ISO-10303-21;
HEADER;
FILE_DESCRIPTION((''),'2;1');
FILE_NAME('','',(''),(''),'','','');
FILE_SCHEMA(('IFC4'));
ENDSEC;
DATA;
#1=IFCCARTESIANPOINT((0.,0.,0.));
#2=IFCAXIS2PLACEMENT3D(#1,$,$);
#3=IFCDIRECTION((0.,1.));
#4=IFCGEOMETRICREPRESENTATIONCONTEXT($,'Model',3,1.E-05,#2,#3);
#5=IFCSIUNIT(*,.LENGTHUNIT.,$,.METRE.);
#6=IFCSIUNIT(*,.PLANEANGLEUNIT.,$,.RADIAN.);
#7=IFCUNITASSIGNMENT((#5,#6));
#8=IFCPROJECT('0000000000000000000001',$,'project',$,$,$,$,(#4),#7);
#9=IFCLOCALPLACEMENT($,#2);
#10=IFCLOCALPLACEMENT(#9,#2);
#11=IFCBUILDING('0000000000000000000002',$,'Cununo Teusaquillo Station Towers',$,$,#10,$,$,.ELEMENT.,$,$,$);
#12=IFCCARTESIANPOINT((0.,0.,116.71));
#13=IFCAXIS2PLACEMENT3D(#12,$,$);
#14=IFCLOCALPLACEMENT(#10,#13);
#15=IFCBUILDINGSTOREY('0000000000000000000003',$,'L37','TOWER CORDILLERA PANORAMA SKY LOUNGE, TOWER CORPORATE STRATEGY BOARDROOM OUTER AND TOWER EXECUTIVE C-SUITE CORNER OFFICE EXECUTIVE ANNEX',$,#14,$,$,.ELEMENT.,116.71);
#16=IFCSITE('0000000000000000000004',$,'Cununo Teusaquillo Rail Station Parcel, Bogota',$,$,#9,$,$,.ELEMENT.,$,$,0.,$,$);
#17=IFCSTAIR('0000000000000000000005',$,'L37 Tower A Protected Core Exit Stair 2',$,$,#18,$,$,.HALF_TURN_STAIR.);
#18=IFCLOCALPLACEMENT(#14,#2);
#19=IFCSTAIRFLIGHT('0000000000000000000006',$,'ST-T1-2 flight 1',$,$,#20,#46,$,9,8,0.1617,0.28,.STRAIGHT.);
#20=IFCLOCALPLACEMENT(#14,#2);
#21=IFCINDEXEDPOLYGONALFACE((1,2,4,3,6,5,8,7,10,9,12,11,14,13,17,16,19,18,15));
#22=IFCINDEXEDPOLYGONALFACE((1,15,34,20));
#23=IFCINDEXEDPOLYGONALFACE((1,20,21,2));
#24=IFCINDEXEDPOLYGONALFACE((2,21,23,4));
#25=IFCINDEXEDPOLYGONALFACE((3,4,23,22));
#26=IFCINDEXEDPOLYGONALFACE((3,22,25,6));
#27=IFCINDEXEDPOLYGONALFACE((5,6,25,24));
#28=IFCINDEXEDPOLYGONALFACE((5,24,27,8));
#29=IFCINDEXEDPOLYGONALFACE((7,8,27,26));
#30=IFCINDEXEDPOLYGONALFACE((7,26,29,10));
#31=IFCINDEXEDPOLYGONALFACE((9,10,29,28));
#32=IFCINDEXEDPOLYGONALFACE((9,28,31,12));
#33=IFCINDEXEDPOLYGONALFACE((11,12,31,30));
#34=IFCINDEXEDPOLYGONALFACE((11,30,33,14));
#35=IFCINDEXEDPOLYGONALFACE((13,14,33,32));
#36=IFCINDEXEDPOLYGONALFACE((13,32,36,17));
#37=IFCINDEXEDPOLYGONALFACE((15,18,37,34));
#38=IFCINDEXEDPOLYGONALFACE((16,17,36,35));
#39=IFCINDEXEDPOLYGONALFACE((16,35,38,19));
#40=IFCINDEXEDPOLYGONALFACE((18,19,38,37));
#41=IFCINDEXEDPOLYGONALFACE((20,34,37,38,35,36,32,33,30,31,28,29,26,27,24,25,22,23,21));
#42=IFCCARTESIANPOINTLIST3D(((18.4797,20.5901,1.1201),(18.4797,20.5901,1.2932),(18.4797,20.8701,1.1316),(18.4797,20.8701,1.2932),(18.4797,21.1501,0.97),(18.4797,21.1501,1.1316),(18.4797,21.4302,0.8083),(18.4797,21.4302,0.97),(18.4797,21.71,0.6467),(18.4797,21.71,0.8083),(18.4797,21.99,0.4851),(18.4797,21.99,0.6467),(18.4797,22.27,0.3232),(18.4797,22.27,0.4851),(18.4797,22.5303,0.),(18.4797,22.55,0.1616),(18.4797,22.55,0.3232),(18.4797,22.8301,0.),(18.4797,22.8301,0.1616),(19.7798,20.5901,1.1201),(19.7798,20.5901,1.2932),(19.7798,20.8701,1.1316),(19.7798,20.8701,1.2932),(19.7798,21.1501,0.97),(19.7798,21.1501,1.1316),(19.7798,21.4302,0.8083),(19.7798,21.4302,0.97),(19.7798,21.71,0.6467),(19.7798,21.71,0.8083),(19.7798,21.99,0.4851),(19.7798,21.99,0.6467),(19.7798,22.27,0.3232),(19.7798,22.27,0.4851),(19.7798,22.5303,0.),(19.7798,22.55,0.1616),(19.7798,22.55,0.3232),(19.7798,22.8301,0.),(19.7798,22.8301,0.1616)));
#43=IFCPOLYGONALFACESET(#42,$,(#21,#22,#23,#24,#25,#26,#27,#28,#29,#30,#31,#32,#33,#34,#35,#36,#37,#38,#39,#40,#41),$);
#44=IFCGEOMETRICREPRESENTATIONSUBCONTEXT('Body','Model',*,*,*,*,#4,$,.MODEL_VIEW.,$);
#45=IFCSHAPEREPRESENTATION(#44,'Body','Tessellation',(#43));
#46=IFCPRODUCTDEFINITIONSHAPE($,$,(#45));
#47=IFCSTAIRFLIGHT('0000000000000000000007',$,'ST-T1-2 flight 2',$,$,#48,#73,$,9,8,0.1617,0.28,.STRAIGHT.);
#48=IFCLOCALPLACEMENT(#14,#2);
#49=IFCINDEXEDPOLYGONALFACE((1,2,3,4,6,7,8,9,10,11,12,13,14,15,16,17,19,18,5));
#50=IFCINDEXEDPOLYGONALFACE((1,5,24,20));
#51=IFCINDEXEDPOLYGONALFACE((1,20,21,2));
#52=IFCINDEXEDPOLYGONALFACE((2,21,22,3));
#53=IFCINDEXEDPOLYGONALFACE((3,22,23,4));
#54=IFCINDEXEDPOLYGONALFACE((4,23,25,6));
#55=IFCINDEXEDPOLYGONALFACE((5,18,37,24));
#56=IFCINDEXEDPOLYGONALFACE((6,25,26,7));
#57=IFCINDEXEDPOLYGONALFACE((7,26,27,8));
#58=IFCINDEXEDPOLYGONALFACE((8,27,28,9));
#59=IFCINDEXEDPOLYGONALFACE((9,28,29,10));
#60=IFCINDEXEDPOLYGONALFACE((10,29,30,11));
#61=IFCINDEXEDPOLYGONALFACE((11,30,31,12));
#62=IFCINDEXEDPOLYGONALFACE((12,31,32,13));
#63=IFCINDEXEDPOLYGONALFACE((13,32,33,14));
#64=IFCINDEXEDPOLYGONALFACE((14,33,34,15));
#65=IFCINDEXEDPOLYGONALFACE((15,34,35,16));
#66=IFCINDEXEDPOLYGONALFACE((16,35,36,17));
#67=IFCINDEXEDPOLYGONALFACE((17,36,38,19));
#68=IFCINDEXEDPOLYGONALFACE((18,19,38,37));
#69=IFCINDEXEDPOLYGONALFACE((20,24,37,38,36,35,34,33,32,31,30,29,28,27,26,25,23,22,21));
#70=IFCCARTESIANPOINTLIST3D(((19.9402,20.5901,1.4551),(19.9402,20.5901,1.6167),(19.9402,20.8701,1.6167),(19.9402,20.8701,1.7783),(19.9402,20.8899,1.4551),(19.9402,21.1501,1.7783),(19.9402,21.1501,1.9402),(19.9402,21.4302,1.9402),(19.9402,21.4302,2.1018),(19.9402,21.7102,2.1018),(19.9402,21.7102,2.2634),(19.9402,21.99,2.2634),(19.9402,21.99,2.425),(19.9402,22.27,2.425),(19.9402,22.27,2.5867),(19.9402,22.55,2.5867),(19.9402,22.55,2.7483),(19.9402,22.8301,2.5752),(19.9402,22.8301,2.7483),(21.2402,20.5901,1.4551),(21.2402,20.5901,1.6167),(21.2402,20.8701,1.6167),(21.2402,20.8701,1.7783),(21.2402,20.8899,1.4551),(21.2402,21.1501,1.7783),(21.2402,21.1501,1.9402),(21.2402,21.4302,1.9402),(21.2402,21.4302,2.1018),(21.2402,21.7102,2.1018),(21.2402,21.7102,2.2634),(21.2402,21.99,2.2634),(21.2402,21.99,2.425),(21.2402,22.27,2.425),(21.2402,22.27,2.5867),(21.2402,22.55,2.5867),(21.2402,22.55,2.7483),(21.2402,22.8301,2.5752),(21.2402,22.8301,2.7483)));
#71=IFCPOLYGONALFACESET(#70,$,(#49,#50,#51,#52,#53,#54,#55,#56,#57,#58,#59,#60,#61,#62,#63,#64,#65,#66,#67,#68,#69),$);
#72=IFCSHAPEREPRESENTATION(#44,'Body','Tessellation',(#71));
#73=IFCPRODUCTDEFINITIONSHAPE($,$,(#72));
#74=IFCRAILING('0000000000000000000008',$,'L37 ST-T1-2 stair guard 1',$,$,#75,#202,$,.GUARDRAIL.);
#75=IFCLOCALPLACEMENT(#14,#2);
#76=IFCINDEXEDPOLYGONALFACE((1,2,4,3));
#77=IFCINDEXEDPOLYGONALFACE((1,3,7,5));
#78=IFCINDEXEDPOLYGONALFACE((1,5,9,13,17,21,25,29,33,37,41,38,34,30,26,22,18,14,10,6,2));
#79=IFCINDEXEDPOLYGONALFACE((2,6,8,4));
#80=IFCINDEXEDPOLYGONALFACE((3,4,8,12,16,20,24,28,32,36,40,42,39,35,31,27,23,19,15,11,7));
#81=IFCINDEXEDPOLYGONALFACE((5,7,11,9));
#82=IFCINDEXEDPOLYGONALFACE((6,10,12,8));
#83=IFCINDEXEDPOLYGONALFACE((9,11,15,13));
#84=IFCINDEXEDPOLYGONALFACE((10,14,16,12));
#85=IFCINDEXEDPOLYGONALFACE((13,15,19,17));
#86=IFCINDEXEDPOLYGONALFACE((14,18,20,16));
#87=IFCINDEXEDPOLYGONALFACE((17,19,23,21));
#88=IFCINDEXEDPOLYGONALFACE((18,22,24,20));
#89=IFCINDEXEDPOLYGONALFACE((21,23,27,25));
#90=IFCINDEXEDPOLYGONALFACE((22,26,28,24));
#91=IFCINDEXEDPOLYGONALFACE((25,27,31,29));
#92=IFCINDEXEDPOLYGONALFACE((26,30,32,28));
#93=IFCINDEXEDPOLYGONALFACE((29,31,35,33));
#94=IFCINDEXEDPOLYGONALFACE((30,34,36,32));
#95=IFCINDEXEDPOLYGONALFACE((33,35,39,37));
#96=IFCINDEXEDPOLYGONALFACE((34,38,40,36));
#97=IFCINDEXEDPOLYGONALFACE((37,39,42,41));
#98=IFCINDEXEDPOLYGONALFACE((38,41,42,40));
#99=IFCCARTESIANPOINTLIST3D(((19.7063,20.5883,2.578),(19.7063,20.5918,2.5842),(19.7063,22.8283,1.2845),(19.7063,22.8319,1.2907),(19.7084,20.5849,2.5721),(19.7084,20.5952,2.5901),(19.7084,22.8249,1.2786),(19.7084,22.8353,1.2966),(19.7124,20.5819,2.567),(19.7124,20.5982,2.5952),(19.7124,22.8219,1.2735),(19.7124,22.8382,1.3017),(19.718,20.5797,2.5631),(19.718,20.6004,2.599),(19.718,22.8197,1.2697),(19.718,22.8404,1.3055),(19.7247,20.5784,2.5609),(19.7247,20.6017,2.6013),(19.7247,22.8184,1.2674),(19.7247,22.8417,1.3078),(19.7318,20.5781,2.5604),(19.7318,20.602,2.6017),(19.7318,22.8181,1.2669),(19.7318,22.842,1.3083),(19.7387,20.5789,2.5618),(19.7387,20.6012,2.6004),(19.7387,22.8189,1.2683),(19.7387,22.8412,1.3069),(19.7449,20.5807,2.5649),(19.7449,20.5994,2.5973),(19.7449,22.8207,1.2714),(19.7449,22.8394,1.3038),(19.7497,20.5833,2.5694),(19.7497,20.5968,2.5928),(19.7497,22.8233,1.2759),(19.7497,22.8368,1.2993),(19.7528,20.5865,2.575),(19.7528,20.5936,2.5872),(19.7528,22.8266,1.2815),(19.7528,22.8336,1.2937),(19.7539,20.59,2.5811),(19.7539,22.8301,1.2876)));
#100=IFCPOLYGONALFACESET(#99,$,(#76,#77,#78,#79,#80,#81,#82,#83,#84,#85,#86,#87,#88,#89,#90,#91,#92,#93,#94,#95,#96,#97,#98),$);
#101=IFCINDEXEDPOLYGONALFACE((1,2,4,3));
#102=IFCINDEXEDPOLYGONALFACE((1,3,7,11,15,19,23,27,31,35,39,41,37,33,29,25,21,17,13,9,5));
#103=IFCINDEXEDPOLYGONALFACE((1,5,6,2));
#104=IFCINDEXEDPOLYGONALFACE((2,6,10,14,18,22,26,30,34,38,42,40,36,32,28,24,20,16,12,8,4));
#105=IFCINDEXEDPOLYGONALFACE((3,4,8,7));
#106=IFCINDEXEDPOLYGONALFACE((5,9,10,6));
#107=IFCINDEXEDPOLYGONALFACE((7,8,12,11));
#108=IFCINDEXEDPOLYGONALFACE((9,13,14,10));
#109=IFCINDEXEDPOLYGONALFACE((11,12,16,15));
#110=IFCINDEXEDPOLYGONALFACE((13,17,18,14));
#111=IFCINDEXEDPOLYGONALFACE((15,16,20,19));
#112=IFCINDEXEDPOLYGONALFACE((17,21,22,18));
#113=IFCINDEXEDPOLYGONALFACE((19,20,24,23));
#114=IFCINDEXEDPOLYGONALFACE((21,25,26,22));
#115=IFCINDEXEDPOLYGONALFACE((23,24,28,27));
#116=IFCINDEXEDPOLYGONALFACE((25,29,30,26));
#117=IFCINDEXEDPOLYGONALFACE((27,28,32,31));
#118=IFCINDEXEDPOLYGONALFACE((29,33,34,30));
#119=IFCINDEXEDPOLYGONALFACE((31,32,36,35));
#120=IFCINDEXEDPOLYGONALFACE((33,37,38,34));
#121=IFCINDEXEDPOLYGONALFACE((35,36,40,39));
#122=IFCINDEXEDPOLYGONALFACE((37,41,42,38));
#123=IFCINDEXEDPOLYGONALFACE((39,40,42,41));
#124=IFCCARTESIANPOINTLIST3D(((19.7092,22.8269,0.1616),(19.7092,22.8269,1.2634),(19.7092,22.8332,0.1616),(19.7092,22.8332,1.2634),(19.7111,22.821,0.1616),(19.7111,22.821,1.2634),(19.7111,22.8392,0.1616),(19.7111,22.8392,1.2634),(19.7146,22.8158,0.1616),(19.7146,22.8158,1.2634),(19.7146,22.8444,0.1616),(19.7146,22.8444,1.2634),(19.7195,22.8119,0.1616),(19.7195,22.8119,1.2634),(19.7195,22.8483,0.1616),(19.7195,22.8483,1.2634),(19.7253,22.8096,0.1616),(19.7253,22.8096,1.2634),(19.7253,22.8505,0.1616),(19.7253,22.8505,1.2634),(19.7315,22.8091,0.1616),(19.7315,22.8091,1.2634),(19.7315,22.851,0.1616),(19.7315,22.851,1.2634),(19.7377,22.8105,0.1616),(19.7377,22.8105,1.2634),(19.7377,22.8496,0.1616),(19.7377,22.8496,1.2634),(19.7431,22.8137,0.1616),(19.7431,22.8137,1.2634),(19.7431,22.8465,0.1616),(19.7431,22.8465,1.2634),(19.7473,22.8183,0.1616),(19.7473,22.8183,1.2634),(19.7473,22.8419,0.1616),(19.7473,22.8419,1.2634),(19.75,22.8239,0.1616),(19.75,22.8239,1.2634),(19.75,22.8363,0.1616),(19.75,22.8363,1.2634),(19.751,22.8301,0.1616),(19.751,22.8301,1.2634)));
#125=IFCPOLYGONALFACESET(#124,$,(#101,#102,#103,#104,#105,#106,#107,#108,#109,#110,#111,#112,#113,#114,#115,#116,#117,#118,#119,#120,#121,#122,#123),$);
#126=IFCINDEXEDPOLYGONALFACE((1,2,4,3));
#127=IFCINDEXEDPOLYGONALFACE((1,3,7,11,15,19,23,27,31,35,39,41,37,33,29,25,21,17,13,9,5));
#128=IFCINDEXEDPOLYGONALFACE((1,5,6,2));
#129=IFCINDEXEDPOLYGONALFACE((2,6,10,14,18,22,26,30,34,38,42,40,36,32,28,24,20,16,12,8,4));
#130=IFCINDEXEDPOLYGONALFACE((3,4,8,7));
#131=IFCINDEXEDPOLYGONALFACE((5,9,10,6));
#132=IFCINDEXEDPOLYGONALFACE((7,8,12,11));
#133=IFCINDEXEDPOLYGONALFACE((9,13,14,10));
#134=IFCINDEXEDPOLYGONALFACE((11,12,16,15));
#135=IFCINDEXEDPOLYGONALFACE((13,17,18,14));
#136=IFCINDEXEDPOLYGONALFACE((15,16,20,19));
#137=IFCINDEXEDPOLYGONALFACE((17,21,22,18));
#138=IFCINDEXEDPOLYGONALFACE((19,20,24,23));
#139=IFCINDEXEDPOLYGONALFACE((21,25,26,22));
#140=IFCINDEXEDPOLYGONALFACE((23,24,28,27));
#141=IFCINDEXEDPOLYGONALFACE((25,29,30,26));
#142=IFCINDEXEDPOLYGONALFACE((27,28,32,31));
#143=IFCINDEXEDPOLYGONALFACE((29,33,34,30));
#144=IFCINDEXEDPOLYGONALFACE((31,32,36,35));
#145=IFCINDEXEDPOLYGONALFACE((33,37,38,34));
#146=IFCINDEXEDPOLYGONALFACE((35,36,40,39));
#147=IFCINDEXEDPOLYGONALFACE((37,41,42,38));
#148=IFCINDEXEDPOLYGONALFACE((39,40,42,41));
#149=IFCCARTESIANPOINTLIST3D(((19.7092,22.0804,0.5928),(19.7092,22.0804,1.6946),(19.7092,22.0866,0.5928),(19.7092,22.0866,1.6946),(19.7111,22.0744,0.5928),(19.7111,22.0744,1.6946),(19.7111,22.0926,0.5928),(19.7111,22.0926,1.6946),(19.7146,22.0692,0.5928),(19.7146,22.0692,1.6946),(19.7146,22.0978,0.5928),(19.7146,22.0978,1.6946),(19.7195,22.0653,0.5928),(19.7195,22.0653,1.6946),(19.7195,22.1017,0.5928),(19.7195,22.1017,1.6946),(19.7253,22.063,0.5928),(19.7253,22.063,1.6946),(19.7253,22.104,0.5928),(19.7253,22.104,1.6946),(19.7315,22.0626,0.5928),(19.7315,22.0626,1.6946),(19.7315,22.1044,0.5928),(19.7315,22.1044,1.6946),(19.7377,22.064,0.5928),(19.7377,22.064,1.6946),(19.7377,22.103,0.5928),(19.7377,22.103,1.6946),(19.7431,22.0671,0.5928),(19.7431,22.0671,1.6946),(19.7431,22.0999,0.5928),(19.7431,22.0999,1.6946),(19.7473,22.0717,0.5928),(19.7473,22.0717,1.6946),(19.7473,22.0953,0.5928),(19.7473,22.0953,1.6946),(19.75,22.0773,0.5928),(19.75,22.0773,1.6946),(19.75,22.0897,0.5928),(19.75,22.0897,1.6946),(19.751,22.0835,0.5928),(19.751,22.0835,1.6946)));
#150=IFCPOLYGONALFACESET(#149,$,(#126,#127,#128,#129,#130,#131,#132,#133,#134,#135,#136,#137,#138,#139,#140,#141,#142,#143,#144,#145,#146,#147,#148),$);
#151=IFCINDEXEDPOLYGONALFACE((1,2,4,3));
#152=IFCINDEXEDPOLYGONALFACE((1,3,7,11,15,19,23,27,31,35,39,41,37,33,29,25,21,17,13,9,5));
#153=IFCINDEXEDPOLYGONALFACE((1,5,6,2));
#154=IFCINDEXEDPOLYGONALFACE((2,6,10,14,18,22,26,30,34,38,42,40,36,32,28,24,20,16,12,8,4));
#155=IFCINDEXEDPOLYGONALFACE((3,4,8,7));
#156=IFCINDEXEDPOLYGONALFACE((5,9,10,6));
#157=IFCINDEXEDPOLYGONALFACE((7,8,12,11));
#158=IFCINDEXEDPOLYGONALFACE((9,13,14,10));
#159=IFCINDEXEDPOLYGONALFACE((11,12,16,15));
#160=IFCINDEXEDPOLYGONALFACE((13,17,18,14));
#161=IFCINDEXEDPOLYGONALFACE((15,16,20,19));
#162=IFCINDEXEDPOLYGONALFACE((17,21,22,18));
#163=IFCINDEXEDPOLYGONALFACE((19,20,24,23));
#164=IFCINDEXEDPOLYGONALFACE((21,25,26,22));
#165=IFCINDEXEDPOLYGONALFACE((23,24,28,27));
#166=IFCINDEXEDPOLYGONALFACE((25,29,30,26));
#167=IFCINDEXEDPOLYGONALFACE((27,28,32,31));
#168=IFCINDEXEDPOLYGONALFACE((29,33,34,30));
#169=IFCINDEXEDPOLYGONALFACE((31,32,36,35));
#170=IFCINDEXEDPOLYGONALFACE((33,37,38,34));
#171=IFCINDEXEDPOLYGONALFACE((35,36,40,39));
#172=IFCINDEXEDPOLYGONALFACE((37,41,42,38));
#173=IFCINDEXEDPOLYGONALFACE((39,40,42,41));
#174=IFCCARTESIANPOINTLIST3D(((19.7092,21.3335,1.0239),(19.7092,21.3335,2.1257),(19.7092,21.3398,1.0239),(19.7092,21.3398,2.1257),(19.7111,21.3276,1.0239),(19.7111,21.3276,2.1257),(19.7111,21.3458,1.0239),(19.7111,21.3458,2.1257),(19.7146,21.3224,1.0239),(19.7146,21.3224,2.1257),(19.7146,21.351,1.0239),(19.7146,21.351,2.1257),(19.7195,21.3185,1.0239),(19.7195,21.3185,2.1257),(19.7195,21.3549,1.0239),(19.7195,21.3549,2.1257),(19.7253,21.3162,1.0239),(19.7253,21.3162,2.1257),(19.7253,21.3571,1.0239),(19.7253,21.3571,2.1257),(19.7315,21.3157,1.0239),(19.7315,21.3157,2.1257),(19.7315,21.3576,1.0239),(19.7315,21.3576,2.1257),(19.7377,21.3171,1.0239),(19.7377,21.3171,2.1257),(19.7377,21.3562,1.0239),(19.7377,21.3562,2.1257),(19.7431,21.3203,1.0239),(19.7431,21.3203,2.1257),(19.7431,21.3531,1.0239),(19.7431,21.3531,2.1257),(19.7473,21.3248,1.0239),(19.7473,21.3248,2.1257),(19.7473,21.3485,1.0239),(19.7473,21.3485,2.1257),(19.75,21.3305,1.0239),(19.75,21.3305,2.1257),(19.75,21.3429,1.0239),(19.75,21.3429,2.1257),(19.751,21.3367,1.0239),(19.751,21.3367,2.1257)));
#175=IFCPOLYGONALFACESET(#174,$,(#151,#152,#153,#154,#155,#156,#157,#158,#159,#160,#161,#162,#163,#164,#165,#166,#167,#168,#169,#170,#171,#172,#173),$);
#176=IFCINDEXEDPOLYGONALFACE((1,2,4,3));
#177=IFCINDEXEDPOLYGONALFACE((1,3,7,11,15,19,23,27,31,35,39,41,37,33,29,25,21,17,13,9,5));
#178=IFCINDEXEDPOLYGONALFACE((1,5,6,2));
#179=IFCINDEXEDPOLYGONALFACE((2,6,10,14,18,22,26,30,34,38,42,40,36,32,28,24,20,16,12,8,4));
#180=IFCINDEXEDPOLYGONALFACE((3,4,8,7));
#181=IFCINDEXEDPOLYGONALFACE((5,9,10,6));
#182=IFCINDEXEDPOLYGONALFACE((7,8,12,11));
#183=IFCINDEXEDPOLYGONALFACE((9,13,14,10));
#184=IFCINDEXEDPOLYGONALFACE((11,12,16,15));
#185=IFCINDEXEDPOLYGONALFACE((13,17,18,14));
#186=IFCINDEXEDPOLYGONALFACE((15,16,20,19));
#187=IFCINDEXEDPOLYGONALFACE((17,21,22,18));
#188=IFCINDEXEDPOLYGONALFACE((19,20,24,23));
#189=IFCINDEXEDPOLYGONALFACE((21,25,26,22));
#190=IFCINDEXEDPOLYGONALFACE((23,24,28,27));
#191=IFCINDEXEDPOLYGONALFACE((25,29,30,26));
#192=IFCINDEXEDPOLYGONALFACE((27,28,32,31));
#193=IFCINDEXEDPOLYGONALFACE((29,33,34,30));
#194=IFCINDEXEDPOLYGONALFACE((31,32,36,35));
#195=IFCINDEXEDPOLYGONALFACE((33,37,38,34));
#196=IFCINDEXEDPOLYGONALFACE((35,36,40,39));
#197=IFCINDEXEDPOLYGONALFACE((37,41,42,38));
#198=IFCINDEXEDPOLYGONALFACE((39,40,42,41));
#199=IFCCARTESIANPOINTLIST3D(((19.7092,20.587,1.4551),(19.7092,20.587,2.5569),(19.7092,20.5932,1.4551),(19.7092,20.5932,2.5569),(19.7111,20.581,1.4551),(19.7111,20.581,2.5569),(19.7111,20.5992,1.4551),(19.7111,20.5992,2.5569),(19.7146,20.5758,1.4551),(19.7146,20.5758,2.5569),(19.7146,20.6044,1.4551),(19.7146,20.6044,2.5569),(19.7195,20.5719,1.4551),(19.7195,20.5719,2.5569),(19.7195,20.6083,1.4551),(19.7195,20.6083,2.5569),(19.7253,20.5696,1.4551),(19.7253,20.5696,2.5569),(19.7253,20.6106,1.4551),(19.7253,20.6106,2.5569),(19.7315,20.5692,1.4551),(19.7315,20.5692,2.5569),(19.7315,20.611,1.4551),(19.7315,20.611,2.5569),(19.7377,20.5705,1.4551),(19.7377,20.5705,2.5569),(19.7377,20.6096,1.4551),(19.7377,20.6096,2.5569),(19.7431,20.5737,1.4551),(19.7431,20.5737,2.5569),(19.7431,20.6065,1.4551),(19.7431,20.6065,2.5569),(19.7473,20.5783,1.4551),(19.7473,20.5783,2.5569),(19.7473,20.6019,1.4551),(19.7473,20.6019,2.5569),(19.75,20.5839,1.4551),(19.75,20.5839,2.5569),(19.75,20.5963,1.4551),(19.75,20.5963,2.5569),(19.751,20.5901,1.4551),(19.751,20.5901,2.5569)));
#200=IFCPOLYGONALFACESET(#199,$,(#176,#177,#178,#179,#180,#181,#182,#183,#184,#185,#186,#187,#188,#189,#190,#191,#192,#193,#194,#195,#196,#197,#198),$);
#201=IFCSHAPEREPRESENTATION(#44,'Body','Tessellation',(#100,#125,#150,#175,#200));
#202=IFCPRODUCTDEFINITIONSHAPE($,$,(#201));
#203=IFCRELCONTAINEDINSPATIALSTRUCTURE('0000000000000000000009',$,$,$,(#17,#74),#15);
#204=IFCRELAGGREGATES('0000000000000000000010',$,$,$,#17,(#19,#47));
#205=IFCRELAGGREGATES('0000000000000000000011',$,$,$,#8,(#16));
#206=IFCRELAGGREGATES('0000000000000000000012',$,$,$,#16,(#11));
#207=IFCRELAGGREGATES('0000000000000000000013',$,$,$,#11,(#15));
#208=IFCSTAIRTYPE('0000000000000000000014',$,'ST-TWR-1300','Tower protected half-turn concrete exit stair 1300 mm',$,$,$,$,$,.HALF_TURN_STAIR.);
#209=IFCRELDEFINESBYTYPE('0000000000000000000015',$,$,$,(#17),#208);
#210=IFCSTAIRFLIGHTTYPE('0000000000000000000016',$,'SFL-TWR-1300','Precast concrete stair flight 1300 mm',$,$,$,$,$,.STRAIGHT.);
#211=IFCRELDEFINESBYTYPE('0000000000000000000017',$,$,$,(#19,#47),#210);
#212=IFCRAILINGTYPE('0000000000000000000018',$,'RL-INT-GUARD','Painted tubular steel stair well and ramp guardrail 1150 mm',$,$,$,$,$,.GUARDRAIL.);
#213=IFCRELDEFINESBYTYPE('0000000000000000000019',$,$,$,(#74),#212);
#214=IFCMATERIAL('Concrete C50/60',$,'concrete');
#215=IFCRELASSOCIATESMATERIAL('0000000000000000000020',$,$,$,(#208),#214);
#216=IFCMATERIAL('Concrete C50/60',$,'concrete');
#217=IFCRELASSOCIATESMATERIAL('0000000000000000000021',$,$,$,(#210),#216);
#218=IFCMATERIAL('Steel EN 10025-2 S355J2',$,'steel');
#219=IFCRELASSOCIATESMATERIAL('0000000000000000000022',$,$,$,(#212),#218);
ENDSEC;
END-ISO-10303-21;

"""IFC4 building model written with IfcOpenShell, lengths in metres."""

from ifc_helpers import new_model, si_unit, direction, frame, origin, origin_2d, place, context, subcontext, project, spatial, polyline, circle, outline, extrude, material, type_object, element, aggregate, save


model = new_model("IFC4")

# Units and contexts
model_context = context("Model", 3, precision=1e-05, world=origin(), true_north=direction((0.0, 1.0)))
body_context = subcontext(model_context, "Body", "Model", "MODEL_VIEW")
ifc_project = project(units=[si_unit("LENGTHUNIT", "METRE"), si_unit("PLANEANGLEUNIT", "RADIAN")], contexts=[model_context])

# Site, building, storey
site_placement = place(None, origin())
site = spatial("IfcSite", under=ifc_project, at=site_placement, Name="Cununo Teusaquillo Rail Station Parcel, Bogota", CompositionType="ELEMENT", RefElevation=0.0)
building_placement = place(site_placement, origin())
building = spatial("IfcBuilding", under=site, at=building_placement, Name="Cununo Teusaquillo Station Towers", CompositionType="ELEMENT")
storey_placement = place(building_placement, frame((0.0, 0.0, 116.71)))
storey = spatial("IfcBuildingStorey", under=building, at=storey_placement, Name="L37", Description="TOWER CORDILLERA PANORAMA SKY LOUNGE, TOWER CORPORATE STRATEGY BOARDROOM OUTER AND TOWER EXECUTIVE C-SUITE CORNER OFFICE EXECUTIVE ANNEX", CompositionType="ELEMENT", Elevation=116.71)

# Stair, stair flights
ifc_material_1 = material(Name="Concrete C50/60", Category="concrete")
stair_type = type_object("IfcStairType", Name="ST-TWR-1300", Description="Tower protected half-turn concrete exit stair 1300 mm", PredefinedType="HALF_TURN_STAIR", material=ifc_material_1)
stair_placement = place(storey_placement, origin())
stair = element("IfcStair", 1, at=stair_placement, inside=storey, type_object=stair_type, Name="L37 Tower A Protected Core Exit Stair 2", PredefinedType="HALF_TURN_STAIR")
ifc_material_2 = material(Name="Concrete C50/60", Category="concrete")
stair_flight_type = type_object("IfcStairFlightType", Name="SFL-TWR-1300", Description="Precast concrete stair flight 1300 mm", PredefinedType="STRAIGHT", material=ifc_material_2)
stair_flight_1_placement = place(storey_placement, frame((19.1299, 22.8301, 0.0), z_axis=(0.0, 0.0, 1.0), x_axis=(0.0, -1.0, 0.0)))
stair_flight_1 = element("IfcStairFlight", 2, at=stair_flight_1_placement, type_object=stair_flight_type, Name="ST-T1-2 flight 1", NumberOfRisers=9, NumberOfTreads=8, PredefinedType="STRAIGHT", RiserHeight=0.1617, TreadLength=0.28, context=body_context, shape_type="SweptSolid", body=[
    extrude(outline(polyline([(0.0, 0.0), (0.0, 0.1616), (0.28, 0.1616), (0.28, 0.3232), (0.5601, 0.3232), (0.5601, 0.4851), (0.8401, 0.4851), (0.8401, 0.6467), (1.1201, 0.6467), (1.1201, 0.8083), (1.3999, 0.8083), (1.3999, 0.97), (1.6799, 0.97), (1.6799, 1.1316), (1.96, 1.1316), (1.96, 1.2932), (2.24, 1.2932), (2.24, 1.4551), (2.24, 1.1201), (0.2998, 0.0), (0.0, 0.0)])), frame((0.0, 0.6499, 0.0), z_axis=(0.0, -1.0, 0.0), x_axis=(1.0, 0.0, 0.0)), (0.0, 0.0, 1.0), 1.3),
])
stair_flight_2_placement = place(storey_placement, frame((20.5901, 20.5901, 1.4551), z_axis=(0.0, 0.0, 1.0), x_axis=(0.0, 1.0, 0.0)))
stair_flight_2 = element("IfcStairFlight", 3, at=stair_flight_2_placement, type_object=stair_flight_type, Name="ST-T1-2 flight 2", NumberOfRisers=9, NumberOfTreads=8, PredefinedType="STRAIGHT", RiserHeight=0.1617, TreadLength=0.28, context=body_context, shape_type="SweptSolid", body=[
    extrude(outline(polyline([(0.0, 0.0), (0.0, 0.1616), (0.28, 0.1616), (0.28, 0.3232), (0.5601, 0.3232), (0.5601, 0.4851), (0.8401, 0.4851), (0.8401, 0.6467), (1.1201, 0.6467), (1.1201, 0.8083), (1.3999, 0.8083), (1.3999, 0.97), (1.6799, 0.97), (1.6799, 1.1316), (1.96, 1.1316), (1.96, 1.2932), (2.24, 1.2932), (2.24, 1.4551), (2.24, 1.1201), (0.2998, 0.0), (0.0, 0.0)])), frame((0.0, 0.6499, 0.0), z_axis=(0.0, -1.0, 0.0), x_axis=(1.0, 0.0, 0.0)), (0.0, 0.0, 1.0), 1.3),
])
aggregate(stair, [stair_flight_1, stair_flight_2])

# Railing
ifc_material_3 = material(Name="Steel EN 10025-2 S355J2", Category="steel")
railing_type_1 = type_object("IfcRailingType", Name="RL-INT-GUARD", Description="Painted tubular steel stair well and ramp guardrail 1150 mm", PredefinedType="GUARDRAIL", material=ifc_material_3)
railing_1_placement = place(storey_placement, frame((19.73, 22.8301, 0.1616)))
element("IfcRailing", 4, at=railing_1_placement, inside=storey, type_object=railing_type_1, Name="L37 ST-T1-2 stair guard 1", PredefinedType="GUARDRAIL", context=body_context, shape_type="SweptSolid", body=[
    extrude(circle(Radius=0.0239, at=origin_2d()), frame((0.0, 0.0, 1.126), z_axis=(0.0, -0.865992, 0.500057), x_axis=(1.0, 0.0, 0.0)), (0.0, 0.0, 1.0), 2.5867),
    extrude(circle(Radius=0.021, at=origin_2d()), origin(), (0.0, 0.0, 1.0), 1.1018),
    extrude(circle(Radius=0.021, at=origin_2d()), frame((0.0, -0.7466, 0.4312)), (0.0, 0.0, 1.0), 1.1018),
    extrude(circle(Radius=0.021, at=origin_2d()), frame((0.0, -1.4934, 0.8623)), (0.0, 0.0, 1.0), 1.1018),
    extrude(circle(Radius=0.021, at=origin_2d()), frame((0.0, -2.24, 1.2935)), (0.0, 0.0, 1.0), 1.1018),
])

save(model, "model.ifc")
